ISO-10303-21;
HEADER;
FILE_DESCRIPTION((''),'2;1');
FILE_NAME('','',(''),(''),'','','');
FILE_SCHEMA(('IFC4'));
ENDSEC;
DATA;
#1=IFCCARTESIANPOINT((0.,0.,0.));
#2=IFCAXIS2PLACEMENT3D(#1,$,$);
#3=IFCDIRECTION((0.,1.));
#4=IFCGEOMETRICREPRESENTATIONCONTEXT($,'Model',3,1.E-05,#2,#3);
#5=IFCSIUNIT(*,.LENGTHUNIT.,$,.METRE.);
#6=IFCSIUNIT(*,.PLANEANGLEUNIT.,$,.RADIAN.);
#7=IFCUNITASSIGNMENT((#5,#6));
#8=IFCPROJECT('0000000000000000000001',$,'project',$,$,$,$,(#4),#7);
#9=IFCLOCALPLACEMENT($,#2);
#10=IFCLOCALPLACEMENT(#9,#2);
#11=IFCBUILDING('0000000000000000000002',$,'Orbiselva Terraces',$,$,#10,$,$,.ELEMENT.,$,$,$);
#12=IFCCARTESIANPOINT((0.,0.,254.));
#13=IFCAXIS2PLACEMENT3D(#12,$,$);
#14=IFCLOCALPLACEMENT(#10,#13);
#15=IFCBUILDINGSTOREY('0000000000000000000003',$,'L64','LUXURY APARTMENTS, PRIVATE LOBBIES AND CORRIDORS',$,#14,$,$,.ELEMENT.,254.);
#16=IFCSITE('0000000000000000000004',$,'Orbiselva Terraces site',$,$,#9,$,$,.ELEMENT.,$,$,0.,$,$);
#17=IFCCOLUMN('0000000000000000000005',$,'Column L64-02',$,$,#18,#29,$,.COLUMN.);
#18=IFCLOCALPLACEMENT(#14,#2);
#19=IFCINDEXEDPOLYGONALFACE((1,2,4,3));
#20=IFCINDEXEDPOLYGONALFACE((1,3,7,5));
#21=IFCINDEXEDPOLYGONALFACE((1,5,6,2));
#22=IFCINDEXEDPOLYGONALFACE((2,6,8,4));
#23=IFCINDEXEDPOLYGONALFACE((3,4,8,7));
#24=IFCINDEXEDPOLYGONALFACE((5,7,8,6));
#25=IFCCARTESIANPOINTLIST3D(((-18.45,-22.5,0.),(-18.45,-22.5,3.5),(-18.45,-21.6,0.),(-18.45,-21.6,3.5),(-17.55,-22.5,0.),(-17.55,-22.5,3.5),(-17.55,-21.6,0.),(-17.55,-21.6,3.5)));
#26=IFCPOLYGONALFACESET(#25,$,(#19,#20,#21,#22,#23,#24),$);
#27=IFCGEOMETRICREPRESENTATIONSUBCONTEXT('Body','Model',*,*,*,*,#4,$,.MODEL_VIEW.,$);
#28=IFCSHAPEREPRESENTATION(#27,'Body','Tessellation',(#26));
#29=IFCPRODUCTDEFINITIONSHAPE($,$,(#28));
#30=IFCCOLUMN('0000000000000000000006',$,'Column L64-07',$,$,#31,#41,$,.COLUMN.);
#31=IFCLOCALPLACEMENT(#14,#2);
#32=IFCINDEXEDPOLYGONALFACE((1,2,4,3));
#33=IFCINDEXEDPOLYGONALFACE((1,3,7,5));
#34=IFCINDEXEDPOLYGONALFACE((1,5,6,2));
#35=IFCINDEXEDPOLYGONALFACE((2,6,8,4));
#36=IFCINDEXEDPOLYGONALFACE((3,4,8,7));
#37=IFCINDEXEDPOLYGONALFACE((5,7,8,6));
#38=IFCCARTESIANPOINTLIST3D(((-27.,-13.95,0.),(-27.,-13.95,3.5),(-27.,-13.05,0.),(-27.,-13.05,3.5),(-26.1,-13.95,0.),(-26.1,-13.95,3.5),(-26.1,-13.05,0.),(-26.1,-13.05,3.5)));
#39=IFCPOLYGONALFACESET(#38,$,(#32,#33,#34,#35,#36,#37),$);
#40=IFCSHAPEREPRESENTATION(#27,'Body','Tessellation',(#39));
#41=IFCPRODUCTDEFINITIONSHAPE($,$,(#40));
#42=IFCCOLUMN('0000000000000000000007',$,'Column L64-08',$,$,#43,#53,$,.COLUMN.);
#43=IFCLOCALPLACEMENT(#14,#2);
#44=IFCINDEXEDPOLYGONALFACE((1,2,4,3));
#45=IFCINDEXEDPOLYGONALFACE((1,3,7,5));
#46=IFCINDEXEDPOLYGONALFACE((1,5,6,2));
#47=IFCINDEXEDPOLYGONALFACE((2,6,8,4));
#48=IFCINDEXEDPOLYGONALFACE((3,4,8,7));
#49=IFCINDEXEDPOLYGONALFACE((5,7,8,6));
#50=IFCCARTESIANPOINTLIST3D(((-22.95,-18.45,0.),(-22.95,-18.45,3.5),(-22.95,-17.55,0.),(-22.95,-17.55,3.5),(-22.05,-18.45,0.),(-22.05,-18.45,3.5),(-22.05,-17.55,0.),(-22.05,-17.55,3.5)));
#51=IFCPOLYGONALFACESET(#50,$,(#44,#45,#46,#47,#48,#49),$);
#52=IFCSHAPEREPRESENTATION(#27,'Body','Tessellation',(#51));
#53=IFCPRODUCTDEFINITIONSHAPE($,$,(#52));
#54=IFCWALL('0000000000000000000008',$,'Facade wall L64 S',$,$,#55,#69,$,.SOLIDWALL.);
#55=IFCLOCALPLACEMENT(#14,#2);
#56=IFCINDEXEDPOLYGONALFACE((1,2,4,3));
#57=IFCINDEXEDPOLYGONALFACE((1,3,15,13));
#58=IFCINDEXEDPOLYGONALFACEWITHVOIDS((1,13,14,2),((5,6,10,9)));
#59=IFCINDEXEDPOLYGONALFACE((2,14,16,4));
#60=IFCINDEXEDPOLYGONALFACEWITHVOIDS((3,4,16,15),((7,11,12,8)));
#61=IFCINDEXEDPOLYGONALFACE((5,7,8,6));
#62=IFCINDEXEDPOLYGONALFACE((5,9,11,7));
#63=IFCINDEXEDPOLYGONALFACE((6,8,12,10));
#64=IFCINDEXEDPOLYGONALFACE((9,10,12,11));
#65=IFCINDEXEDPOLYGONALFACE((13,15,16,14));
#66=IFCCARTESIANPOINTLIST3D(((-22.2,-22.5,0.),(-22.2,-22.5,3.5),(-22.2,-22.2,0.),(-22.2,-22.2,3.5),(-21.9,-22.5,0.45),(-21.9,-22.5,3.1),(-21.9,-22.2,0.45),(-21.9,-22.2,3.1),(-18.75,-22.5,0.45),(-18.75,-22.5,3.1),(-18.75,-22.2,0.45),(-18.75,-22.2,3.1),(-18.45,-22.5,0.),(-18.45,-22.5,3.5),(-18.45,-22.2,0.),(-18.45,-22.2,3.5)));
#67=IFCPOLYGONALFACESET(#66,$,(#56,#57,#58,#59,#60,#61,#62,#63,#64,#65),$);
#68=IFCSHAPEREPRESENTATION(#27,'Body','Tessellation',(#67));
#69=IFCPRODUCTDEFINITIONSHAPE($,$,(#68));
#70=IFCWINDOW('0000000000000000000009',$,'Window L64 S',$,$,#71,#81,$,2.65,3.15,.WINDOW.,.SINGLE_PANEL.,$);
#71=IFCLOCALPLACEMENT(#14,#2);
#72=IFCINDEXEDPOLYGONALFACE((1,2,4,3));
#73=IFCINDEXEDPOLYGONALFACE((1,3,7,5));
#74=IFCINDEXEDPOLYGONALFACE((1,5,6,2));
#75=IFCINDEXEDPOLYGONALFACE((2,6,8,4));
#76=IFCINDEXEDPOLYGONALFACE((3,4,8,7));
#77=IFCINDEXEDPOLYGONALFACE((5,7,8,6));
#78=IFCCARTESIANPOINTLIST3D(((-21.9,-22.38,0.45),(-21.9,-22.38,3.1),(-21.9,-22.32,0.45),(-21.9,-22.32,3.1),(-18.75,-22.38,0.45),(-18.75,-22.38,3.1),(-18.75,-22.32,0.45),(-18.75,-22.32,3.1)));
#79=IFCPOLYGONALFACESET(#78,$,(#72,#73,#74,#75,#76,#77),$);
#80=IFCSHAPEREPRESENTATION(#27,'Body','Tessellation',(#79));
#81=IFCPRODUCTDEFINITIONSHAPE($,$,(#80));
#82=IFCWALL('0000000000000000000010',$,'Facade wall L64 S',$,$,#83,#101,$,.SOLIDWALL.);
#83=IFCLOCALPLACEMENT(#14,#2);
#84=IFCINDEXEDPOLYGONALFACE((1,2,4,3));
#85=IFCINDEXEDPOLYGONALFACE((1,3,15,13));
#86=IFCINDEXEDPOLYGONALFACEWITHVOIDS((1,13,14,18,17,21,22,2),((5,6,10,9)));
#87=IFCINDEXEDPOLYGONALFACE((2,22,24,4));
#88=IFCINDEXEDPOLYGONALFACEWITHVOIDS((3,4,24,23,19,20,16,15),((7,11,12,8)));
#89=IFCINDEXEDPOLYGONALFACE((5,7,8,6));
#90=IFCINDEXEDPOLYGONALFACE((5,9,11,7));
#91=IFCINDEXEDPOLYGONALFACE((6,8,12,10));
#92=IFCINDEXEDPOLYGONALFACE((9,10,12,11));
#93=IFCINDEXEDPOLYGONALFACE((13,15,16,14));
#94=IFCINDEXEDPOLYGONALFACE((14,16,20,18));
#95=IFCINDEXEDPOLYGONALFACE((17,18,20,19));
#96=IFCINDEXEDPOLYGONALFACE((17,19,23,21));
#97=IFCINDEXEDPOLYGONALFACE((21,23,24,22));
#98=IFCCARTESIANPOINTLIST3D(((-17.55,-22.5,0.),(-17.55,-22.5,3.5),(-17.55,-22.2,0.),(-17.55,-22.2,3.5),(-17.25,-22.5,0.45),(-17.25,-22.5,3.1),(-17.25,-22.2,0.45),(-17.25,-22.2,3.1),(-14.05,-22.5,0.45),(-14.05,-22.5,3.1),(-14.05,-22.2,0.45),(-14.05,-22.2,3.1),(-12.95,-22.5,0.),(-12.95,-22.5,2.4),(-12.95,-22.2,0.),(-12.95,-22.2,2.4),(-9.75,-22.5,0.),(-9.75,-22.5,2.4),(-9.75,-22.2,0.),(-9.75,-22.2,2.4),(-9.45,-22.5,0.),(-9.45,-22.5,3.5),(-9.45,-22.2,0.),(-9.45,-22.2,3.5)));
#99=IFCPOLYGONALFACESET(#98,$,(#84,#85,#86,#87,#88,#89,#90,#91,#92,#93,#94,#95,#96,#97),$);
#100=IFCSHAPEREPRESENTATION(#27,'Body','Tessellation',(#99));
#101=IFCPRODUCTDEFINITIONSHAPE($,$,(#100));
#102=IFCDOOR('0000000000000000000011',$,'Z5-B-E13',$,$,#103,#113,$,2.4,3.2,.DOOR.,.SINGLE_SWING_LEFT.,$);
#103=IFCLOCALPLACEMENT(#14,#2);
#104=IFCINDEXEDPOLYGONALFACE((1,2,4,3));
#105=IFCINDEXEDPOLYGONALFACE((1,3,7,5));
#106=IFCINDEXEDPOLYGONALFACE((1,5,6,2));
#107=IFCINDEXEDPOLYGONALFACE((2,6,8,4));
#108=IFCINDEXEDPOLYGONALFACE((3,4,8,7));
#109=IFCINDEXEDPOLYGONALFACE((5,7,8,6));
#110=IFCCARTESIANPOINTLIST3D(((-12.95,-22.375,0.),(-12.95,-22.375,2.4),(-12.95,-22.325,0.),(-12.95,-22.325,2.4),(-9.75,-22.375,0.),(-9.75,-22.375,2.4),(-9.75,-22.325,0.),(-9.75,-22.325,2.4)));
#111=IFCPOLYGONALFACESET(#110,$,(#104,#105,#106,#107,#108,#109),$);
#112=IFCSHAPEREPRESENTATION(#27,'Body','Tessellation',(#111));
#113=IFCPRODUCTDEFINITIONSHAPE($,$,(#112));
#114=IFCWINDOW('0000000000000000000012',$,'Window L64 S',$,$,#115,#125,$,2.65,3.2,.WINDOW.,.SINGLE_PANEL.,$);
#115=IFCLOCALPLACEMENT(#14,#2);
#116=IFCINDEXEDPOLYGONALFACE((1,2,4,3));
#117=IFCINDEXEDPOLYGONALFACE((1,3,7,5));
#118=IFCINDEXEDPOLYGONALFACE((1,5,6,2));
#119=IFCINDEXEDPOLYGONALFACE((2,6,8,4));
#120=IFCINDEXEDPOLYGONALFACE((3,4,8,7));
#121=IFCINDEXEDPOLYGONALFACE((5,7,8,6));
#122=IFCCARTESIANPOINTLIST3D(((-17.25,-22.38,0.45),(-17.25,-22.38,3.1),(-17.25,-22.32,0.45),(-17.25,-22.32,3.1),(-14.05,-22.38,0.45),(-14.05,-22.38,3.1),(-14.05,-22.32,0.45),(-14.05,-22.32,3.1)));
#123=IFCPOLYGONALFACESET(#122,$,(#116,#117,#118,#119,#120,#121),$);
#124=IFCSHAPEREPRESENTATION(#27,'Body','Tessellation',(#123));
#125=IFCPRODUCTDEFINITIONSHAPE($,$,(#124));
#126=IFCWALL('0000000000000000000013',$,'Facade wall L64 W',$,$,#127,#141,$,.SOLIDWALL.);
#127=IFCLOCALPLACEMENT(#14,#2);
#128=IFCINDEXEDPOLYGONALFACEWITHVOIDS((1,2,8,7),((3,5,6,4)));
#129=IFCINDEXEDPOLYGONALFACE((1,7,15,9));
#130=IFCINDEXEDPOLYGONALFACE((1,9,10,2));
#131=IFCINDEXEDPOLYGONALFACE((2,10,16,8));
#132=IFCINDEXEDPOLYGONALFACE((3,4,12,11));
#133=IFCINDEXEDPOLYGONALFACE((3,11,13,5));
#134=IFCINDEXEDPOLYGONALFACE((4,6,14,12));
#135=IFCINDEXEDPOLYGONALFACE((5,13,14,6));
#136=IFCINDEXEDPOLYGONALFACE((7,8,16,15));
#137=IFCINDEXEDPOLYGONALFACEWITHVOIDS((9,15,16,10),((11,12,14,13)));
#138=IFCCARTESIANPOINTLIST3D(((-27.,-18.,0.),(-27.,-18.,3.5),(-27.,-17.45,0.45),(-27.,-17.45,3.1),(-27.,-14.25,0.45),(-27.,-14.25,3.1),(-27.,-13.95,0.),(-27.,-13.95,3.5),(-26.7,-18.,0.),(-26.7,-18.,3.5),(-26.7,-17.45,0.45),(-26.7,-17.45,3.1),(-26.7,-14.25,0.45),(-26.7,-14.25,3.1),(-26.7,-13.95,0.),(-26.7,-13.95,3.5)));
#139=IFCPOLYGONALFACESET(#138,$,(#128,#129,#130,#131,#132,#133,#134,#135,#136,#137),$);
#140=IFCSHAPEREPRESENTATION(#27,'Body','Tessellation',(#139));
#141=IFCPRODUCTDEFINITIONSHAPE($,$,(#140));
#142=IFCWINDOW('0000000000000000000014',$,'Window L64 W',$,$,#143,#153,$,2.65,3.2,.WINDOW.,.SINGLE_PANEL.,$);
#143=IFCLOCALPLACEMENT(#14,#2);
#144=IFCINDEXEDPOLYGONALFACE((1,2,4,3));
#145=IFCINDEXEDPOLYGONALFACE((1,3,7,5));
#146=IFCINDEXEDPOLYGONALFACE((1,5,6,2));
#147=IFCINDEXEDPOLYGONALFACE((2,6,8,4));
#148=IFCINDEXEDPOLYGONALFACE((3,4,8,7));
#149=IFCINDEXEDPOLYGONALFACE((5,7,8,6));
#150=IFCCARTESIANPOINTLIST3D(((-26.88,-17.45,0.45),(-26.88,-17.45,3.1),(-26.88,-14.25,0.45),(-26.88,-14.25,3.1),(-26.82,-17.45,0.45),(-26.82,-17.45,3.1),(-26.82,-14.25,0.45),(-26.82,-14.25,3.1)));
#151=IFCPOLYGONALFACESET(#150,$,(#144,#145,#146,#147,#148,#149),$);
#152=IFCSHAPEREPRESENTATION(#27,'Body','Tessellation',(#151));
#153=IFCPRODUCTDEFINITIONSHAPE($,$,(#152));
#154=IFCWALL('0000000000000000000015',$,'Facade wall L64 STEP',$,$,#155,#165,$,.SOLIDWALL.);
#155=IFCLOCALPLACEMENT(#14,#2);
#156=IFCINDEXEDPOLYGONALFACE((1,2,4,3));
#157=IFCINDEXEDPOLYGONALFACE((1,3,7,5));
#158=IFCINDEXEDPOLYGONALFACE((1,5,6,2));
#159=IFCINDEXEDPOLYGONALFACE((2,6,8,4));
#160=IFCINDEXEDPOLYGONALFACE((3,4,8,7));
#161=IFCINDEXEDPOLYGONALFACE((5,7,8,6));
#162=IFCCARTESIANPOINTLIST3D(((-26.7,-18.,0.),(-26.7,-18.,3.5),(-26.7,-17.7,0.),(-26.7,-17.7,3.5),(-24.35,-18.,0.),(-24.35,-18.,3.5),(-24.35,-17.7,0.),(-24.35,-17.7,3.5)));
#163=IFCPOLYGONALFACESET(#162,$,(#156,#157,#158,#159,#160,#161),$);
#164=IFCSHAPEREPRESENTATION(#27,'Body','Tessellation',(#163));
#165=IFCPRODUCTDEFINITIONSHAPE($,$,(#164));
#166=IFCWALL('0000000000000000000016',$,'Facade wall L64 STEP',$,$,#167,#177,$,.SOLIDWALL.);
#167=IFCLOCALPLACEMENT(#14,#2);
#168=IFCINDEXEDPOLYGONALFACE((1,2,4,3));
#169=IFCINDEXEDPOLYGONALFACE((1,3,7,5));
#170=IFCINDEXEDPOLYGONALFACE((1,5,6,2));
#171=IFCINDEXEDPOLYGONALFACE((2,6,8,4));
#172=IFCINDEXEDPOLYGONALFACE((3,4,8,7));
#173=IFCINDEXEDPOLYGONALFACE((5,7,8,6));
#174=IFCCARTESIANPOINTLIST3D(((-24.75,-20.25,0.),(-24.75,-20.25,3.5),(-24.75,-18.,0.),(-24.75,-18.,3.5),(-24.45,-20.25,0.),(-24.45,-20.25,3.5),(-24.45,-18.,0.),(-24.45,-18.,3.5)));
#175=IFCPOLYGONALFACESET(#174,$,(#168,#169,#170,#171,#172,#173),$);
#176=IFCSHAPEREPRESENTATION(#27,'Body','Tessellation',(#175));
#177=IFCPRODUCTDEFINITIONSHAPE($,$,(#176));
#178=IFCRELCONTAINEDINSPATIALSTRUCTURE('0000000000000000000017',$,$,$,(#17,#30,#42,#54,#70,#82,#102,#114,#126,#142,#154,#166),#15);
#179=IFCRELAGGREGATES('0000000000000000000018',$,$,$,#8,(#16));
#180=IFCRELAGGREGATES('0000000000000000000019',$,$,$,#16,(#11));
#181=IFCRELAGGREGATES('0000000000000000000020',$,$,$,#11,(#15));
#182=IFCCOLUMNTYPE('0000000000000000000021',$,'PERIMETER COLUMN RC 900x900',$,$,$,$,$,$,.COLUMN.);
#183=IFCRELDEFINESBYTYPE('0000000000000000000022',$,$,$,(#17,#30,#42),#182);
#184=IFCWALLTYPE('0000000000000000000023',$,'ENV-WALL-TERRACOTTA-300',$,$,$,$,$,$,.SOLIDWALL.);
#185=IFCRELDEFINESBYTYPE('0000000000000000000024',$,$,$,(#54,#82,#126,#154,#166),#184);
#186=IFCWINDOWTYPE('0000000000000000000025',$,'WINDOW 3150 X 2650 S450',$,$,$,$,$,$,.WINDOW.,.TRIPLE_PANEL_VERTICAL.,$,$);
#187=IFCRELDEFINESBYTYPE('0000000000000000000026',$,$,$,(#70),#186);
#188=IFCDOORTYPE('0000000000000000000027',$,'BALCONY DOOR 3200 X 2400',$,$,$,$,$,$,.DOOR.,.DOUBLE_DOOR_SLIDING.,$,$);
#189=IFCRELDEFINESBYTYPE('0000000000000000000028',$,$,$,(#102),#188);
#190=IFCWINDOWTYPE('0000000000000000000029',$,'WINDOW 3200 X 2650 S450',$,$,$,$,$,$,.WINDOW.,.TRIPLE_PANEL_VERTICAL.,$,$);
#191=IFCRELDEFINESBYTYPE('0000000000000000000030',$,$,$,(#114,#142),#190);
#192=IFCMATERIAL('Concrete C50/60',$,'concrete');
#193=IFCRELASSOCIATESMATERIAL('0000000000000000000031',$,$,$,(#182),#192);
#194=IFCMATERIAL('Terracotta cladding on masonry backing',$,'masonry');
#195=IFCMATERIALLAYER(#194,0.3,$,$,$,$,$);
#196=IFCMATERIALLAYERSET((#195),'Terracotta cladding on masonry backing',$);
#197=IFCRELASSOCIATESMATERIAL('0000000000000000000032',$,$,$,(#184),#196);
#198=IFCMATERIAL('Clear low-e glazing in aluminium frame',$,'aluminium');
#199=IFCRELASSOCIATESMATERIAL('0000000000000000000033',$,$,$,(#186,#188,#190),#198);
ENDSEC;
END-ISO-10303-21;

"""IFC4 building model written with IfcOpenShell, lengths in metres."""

from ifc_helpers import new_model, si_unit, direction, frame, frame_2d, origin, origin_2d, place, context, subcontext, project, spatial, rectangle, extrude, material, layer, layer_set, material_profile, profile_set, type_object, element, fill, save


model = new_model("IFC4")

# Units and contexts
model_context = context("Model", 3, precision=1e-05, world=origin(), true_north=direction((0.0, 1.0)))
body_context = subcontext(model_context, "Body", "Model", "MODEL_VIEW")
ifc_project = project(units=[si_unit("LENGTHUNIT", "METRE"), si_unit("PLANEANGLEUNIT", "RADIAN")], contexts=[model_context])

# Site, building, storey
site_placement = place(None, origin())
site = spatial("IfcSite", under=ifc_project, at=site_placement, Name="Orbiselva Terraces site", CompositionType="ELEMENT", RefElevation=0.0)
building_placement = place(site_placement, origin())
building = spatial("IfcBuilding", under=site, at=building_placement, Name="Orbiselva Terraces", CompositionType="ELEMENT")
storey_placement = place(building_placement, frame((0.0, 0.0, 254.0)))
storey = spatial("IfcBuildingStorey", under=building, at=storey_placement, Name="L64", Description="LUXURY APARTMENTS, PRIVATE LOBBIES AND CORRIDORS", CompositionType="ELEMENT", Elevation=254.0)

# Columns
ifc_material_1 = material(Name="Concrete C50/60", Category="concrete")
ifc_material_profile = material_profile(ifc_material_1, rectangle(XDim=0.9, YDim=0.9, at=origin_2d()), Name="RC 900x900")
ifc_profile_set = profile_set([ifc_material_profile], Name="Concrete C50/60")
column_type = type_object("IfcColumnType", Name="PERIMETER COLUMN RC 900x900", PredefinedType="COLUMN", material=ifc_profile_set)
for number, where, z_axis, x_axis, name in (
    (1, (-18.0, -22.05, 0.0), (0.0, 0.0, 1.0), (1.0, 0.0, 0.0), "Column L64-02"),
    (2, (-26.55, -13.5, 0.0), (0.0, 0.0, 1.0), (1.0, 0.0, 0.0), "Column L64-07"),
    (3, (-22.5, -18.0, 0.0), (0.0, 0.0, 1.0), (1.0, 0.0, 0.0), "Column L64-08"),
):
    element("IfcColumn", number, at=place(storey_placement, frame(where, z_axis=z_axis, x_axis=x_axis)), inside=storey, type_object=column_type, Name=name, PredefinedType="COLUMN", context=body_context, shape_type="SweptSolid", body=[
        extrude(rectangle(XDim=0.9, YDim=0.9, at=origin_2d()), origin(), (0.0, 0.0, 1.0), 3.5),
    ])

# Wall, opening, window
ifc_material_2 = material(Name="Terracotta cladding on masonry backing", Category="masonry")
ifc_layer_1 = layer(ifc_material_2, 0.3)
ifc_layer_set_1 = layer_set([ifc_layer_1], Name="Terracotta cladding on masonry backing")
wall_type_1 = type_object("IfcWallType", Name="ENV-WALL-TERRACOTTA-300", PredefinedType="SOLIDWALL", material=ifc_layer_set_1)
wall_1_placement = place(storey_placement, frame((-18.45, -22.35, 0.0), z_axis=(0.0, 0.0, 1.0), x_axis=(-1.0, 0.0, 0.0)))
wall_1 = element("IfcWall", 4, at=wall_1_placement, inside=storey, type_object=wall_type_1, Name="Facade wall L64 S", PredefinedType="SOLIDWALL", context=body_context, shape_type="SweptSolid", body=[
    extrude(rectangle(XDim=3.75, YDim=0.3, at=frame_2d((1.875, 0.0))), origin(), (0.0, 0.0, 1.0), 3.5),
])
opening_1_placement = place(wall_1_placement, frame((0.3, 0.0, 0.45)))
opening_1 = element("IfcOpeningElement", 5, at=opening_1_placement, cuts=wall_1, PredefinedType="OPENING", context=body_context, shape_type="SweptSolid", body=[
    extrude(rectangle(XDim=3.15, YDim=2.65, at=frame_2d((1.575, 1.325))), frame((0.0, 0.16, 0.0), z_axis=(0.0, -1.0, 0.0), x_axis=(1.0, 0.0, 0.0)), (0.0, 0.0, 1.0), 0.32),
])
ifc_material_3 = material(Name="Clear low-e glazing in aluminium frame", Category="aluminium")
window_type_1 = type_object("IfcWindowType", Name="WINDOW 3150 X 2650 S450", PartitioningType="TRIPLE_PANEL_VERTICAL", PredefinedType="WINDOW", material=ifc_material_3)
window_1_placement = place(opening_1_placement, origin())
window_1 = element("IfcWindow", 6, at=window_1_placement, inside=storey, type_object=window_type_1, Name="Window L64 S", OverallHeight=2.65, OverallWidth=3.15, PartitioningType="SINGLE_PANEL", PredefinedType="WINDOW", context=body_context, shape_type="SweptSolid", body=[
    extrude(rectangle(XDim=3.15, YDim=2.65, at=frame_2d((1.575, 1.325))), frame((0.0, 0.03, 0.0), z_axis=(0.0, -1.0, 0.0), x_axis=(1.0, 0.0, 0.0)), (0.0, 0.0, 1.0), 0.06),
])
fill(opening_1, window_1)

# Wall, openings, door, window
wall_2_placement = place(storey_placement, frame((-9.45, -22.35, 0.0), z_axis=(0.0, 0.0, 1.0), x_axis=(-1.0, 0.0, 0.0)))
wall_2 = element("IfcWall", 7, at=wall_2_placement, inside=storey, type_object=wall_type_1, Name="Facade wall L64 S", PredefinedType="SOLIDWALL", context=body_context, shape_type="SweptSolid", body=[
    extrude(rectangle(XDim=8.1, YDim=0.3, at=frame_2d((4.05, 0.0))), origin(), (0.0, 0.0, 1.0), 3.5),
])
opening_2_placement = place(wall_2_placement, frame((4.6, 0.0, 0.45)))
opening_2 = element("IfcOpeningElement", 8, at=opening_2_placement, cuts=wall_2, PredefinedType="OPENING", context=body_context, shape_type="SweptSolid", body=[
    extrude(rectangle(XDim=3.2, YDim=2.65, at=frame_2d((1.6, 1.325))), frame((0.0, 0.16, 0.0), z_axis=(0.0, -1.0, 0.0), x_axis=(1.0, 0.0, 0.0)), (0.0, 0.0, 1.0), 0.32),
])
opening_3_placement = place(wall_2_placement, frame((0.3, 0.0, 0.0)))
opening_3 = element("IfcOpeningElement", 9, at=opening_3_placement, cuts=wall_2, PredefinedType="OPENING", context=body_context, shape_type="SweptSolid", body=[
    extrude(rectangle(XDim=3.2, YDim=2.4, at=frame_2d((1.6, 1.2))), frame((0.0, 0.16, 0.0), z_axis=(0.0, -1.0, 0.0), x_axis=(1.0, 0.0, 0.0)), (0.0, 0.0, 1.0), 0.32),
])
door_type = type_object("IfcDoorType", Name="BALCONY DOOR 3200 X 2400", OperationType="DOUBLE_DOOR_SLIDING", PredefinedType="DOOR", material=ifc_material_3)
door_placement = place(opening_3_placement, origin())
door = element("IfcDoor", 10, at=door_placement, inside=storey, type_object=door_type, Name="Z5-B-E13", OperationType="SINGLE_SWING_LEFT", OverallHeight=2.4, OverallWidth=3.2, PredefinedType="DOOR", context=body_context, shape_type="SweptSolid", body=[
    extrude(rectangle(XDim=3.2, YDim=2.4, at=frame_2d((1.6, 1.2))), frame((0.0, 0.025, 0.0), z_axis=(0.0, -1.0, 0.0), x_axis=(1.0, 0.0, 0.0)), (0.0, 0.0, 1.0), 0.05),
])
fill(opening_3, door)
window_type_2 = type_object("IfcWindowType", Name="WINDOW 3200 X 2650 S450", PartitioningType="TRIPLE_PANEL_VERTICAL", PredefinedType="WINDOW", material=ifc_material_3)
window_2_placement = place(opening_2_placement, origin())
window_2 = element("IfcWindow", 11, at=window_2_placement, inside=storey, type_object=window_type_2, Name="Window L64 S", OverallHeight=2.65, OverallWidth=3.2, PartitioningType="SINGLE_PANEL", PredefinedType="WINDOW", context=body_context, shape_type="SweptSolid", body=[
    extrude(rectangle(XDim=3.2, YDim=2.65, at=frame_2d((1.6, 1.325))), frame((0.0, 0.03, 0.0), z_axis=(0.0, -1.0, 0.0), x_axis=(1.0, 0.0, 0.0)), (0.0, 0.0, 1.0), 0.06),
])
fill(opening_2, window_2)

# Wall, opening, window
wall_3_placement = place(storey_placement, frame((-26.85, -18.0, 0.0), z_axis=(0.0, 0.0, 1.0), x_axis=(0.0, 1.0, 0.0)))
wall_3 = element("IfcWall", 12, at=wall_3_placement, inside=storey, type_object=wall_type_1, Name="Facade wall L64 W", PredefinedType="SOLIDWALL", context=body_context, shape_type="SweptSolid", body=[
    extrude(rectangle(XDim=4.05, YDim=0.3, at=frame_2d((2.025, 0.0))), origin(), (0.0, 0.0, 1.0), 3.5),
])
opening_4_placement = place(wall_3_placement, frame((0.55, 0.0, 0.45)))
opening_4 = element("IfcOpeningElement", 13, at=opening_4_placement, cuts=wall_3, PredefinedType="OPENING", context=body_context, shape_type="SweptSolid", body=[
    extrude(rectangle(XDim=3.2, YDim=2.65, at=frame_2d((1.6, 1.325))), frame((0.0, 0.16, 0.0), z_axis=(0.0, -1.0, 0.0), x_axis=(1.0, 0.0, 0.0)), (0.0, 0.0, 1.0), 0.32),
])
window_3_placement = place(opening_4_placement, origin())
window_3 = element("IfcWindow", 14, at=window_3_placement, inside=storey, type_object=window_type_2, Name="Window L64 W", OverallHeight=2.65, OverallWidth=3.2, PartitioningType="SINGLE_PANEL", PredefinedType="WINDOW", context=body_context, shape_type="SweptSolid", body=[
    extrude(rectangle(XDim=3.2, YDim=2.65, at=frame_2d((1.6, 1.325))), frame((0.0, 0.03, 0.0), z_axis=(0.0, -1.0, 0.0), x_axis=(1.0, 0.0, 0.0)), (0.0, 0.0, 1.0), 0.06),
])
fill(opening_4, window_3)

# Walls
wall_4_placement = place(storey_placement, frame((-24.35, -17.85, 0.0), z_axis=(0.0, 0.0, 1.0), x_axis=(-1.0, 0.0, 0.0)))
element("IfcWall", 15, at=wall_4_placement, inside=storey, type_object=wall_type_1, Name="Facade wall L64 STEP", PredefinedType="SOLIDWALL", context=body_context, shape_type="SweptSolid", body=[
    extrude(rectangle(XDim=2.35, YDim=0.3, at=frame_2d((1.175, 0.0))), origin(), (0.0, 0.0, 1.0), 3.5),
])
wall_5_placement = place(storey_placement, frame((-24.6, -20.25, 0.0), z_axis=(0.0, 0.0, 1.0), x_axis=(0.0, 1.0, 0.0)))
element("IfcWall", 16, at=wall_5_placement, inside=storey, type_object=wall_type_1, Name="Facade wall L64 STEP", PredefinedType="SOLIDWALL", context=body_context, shape_type="SweptSolid", body=[
    extrude(rectangle(XDim=2.25, YDim=0.3, at=frame_2d((1.125, 0.0))), origin(), (0.0, 0.0, 1.0), 3.5),
])

save(model, "model.ifc")
